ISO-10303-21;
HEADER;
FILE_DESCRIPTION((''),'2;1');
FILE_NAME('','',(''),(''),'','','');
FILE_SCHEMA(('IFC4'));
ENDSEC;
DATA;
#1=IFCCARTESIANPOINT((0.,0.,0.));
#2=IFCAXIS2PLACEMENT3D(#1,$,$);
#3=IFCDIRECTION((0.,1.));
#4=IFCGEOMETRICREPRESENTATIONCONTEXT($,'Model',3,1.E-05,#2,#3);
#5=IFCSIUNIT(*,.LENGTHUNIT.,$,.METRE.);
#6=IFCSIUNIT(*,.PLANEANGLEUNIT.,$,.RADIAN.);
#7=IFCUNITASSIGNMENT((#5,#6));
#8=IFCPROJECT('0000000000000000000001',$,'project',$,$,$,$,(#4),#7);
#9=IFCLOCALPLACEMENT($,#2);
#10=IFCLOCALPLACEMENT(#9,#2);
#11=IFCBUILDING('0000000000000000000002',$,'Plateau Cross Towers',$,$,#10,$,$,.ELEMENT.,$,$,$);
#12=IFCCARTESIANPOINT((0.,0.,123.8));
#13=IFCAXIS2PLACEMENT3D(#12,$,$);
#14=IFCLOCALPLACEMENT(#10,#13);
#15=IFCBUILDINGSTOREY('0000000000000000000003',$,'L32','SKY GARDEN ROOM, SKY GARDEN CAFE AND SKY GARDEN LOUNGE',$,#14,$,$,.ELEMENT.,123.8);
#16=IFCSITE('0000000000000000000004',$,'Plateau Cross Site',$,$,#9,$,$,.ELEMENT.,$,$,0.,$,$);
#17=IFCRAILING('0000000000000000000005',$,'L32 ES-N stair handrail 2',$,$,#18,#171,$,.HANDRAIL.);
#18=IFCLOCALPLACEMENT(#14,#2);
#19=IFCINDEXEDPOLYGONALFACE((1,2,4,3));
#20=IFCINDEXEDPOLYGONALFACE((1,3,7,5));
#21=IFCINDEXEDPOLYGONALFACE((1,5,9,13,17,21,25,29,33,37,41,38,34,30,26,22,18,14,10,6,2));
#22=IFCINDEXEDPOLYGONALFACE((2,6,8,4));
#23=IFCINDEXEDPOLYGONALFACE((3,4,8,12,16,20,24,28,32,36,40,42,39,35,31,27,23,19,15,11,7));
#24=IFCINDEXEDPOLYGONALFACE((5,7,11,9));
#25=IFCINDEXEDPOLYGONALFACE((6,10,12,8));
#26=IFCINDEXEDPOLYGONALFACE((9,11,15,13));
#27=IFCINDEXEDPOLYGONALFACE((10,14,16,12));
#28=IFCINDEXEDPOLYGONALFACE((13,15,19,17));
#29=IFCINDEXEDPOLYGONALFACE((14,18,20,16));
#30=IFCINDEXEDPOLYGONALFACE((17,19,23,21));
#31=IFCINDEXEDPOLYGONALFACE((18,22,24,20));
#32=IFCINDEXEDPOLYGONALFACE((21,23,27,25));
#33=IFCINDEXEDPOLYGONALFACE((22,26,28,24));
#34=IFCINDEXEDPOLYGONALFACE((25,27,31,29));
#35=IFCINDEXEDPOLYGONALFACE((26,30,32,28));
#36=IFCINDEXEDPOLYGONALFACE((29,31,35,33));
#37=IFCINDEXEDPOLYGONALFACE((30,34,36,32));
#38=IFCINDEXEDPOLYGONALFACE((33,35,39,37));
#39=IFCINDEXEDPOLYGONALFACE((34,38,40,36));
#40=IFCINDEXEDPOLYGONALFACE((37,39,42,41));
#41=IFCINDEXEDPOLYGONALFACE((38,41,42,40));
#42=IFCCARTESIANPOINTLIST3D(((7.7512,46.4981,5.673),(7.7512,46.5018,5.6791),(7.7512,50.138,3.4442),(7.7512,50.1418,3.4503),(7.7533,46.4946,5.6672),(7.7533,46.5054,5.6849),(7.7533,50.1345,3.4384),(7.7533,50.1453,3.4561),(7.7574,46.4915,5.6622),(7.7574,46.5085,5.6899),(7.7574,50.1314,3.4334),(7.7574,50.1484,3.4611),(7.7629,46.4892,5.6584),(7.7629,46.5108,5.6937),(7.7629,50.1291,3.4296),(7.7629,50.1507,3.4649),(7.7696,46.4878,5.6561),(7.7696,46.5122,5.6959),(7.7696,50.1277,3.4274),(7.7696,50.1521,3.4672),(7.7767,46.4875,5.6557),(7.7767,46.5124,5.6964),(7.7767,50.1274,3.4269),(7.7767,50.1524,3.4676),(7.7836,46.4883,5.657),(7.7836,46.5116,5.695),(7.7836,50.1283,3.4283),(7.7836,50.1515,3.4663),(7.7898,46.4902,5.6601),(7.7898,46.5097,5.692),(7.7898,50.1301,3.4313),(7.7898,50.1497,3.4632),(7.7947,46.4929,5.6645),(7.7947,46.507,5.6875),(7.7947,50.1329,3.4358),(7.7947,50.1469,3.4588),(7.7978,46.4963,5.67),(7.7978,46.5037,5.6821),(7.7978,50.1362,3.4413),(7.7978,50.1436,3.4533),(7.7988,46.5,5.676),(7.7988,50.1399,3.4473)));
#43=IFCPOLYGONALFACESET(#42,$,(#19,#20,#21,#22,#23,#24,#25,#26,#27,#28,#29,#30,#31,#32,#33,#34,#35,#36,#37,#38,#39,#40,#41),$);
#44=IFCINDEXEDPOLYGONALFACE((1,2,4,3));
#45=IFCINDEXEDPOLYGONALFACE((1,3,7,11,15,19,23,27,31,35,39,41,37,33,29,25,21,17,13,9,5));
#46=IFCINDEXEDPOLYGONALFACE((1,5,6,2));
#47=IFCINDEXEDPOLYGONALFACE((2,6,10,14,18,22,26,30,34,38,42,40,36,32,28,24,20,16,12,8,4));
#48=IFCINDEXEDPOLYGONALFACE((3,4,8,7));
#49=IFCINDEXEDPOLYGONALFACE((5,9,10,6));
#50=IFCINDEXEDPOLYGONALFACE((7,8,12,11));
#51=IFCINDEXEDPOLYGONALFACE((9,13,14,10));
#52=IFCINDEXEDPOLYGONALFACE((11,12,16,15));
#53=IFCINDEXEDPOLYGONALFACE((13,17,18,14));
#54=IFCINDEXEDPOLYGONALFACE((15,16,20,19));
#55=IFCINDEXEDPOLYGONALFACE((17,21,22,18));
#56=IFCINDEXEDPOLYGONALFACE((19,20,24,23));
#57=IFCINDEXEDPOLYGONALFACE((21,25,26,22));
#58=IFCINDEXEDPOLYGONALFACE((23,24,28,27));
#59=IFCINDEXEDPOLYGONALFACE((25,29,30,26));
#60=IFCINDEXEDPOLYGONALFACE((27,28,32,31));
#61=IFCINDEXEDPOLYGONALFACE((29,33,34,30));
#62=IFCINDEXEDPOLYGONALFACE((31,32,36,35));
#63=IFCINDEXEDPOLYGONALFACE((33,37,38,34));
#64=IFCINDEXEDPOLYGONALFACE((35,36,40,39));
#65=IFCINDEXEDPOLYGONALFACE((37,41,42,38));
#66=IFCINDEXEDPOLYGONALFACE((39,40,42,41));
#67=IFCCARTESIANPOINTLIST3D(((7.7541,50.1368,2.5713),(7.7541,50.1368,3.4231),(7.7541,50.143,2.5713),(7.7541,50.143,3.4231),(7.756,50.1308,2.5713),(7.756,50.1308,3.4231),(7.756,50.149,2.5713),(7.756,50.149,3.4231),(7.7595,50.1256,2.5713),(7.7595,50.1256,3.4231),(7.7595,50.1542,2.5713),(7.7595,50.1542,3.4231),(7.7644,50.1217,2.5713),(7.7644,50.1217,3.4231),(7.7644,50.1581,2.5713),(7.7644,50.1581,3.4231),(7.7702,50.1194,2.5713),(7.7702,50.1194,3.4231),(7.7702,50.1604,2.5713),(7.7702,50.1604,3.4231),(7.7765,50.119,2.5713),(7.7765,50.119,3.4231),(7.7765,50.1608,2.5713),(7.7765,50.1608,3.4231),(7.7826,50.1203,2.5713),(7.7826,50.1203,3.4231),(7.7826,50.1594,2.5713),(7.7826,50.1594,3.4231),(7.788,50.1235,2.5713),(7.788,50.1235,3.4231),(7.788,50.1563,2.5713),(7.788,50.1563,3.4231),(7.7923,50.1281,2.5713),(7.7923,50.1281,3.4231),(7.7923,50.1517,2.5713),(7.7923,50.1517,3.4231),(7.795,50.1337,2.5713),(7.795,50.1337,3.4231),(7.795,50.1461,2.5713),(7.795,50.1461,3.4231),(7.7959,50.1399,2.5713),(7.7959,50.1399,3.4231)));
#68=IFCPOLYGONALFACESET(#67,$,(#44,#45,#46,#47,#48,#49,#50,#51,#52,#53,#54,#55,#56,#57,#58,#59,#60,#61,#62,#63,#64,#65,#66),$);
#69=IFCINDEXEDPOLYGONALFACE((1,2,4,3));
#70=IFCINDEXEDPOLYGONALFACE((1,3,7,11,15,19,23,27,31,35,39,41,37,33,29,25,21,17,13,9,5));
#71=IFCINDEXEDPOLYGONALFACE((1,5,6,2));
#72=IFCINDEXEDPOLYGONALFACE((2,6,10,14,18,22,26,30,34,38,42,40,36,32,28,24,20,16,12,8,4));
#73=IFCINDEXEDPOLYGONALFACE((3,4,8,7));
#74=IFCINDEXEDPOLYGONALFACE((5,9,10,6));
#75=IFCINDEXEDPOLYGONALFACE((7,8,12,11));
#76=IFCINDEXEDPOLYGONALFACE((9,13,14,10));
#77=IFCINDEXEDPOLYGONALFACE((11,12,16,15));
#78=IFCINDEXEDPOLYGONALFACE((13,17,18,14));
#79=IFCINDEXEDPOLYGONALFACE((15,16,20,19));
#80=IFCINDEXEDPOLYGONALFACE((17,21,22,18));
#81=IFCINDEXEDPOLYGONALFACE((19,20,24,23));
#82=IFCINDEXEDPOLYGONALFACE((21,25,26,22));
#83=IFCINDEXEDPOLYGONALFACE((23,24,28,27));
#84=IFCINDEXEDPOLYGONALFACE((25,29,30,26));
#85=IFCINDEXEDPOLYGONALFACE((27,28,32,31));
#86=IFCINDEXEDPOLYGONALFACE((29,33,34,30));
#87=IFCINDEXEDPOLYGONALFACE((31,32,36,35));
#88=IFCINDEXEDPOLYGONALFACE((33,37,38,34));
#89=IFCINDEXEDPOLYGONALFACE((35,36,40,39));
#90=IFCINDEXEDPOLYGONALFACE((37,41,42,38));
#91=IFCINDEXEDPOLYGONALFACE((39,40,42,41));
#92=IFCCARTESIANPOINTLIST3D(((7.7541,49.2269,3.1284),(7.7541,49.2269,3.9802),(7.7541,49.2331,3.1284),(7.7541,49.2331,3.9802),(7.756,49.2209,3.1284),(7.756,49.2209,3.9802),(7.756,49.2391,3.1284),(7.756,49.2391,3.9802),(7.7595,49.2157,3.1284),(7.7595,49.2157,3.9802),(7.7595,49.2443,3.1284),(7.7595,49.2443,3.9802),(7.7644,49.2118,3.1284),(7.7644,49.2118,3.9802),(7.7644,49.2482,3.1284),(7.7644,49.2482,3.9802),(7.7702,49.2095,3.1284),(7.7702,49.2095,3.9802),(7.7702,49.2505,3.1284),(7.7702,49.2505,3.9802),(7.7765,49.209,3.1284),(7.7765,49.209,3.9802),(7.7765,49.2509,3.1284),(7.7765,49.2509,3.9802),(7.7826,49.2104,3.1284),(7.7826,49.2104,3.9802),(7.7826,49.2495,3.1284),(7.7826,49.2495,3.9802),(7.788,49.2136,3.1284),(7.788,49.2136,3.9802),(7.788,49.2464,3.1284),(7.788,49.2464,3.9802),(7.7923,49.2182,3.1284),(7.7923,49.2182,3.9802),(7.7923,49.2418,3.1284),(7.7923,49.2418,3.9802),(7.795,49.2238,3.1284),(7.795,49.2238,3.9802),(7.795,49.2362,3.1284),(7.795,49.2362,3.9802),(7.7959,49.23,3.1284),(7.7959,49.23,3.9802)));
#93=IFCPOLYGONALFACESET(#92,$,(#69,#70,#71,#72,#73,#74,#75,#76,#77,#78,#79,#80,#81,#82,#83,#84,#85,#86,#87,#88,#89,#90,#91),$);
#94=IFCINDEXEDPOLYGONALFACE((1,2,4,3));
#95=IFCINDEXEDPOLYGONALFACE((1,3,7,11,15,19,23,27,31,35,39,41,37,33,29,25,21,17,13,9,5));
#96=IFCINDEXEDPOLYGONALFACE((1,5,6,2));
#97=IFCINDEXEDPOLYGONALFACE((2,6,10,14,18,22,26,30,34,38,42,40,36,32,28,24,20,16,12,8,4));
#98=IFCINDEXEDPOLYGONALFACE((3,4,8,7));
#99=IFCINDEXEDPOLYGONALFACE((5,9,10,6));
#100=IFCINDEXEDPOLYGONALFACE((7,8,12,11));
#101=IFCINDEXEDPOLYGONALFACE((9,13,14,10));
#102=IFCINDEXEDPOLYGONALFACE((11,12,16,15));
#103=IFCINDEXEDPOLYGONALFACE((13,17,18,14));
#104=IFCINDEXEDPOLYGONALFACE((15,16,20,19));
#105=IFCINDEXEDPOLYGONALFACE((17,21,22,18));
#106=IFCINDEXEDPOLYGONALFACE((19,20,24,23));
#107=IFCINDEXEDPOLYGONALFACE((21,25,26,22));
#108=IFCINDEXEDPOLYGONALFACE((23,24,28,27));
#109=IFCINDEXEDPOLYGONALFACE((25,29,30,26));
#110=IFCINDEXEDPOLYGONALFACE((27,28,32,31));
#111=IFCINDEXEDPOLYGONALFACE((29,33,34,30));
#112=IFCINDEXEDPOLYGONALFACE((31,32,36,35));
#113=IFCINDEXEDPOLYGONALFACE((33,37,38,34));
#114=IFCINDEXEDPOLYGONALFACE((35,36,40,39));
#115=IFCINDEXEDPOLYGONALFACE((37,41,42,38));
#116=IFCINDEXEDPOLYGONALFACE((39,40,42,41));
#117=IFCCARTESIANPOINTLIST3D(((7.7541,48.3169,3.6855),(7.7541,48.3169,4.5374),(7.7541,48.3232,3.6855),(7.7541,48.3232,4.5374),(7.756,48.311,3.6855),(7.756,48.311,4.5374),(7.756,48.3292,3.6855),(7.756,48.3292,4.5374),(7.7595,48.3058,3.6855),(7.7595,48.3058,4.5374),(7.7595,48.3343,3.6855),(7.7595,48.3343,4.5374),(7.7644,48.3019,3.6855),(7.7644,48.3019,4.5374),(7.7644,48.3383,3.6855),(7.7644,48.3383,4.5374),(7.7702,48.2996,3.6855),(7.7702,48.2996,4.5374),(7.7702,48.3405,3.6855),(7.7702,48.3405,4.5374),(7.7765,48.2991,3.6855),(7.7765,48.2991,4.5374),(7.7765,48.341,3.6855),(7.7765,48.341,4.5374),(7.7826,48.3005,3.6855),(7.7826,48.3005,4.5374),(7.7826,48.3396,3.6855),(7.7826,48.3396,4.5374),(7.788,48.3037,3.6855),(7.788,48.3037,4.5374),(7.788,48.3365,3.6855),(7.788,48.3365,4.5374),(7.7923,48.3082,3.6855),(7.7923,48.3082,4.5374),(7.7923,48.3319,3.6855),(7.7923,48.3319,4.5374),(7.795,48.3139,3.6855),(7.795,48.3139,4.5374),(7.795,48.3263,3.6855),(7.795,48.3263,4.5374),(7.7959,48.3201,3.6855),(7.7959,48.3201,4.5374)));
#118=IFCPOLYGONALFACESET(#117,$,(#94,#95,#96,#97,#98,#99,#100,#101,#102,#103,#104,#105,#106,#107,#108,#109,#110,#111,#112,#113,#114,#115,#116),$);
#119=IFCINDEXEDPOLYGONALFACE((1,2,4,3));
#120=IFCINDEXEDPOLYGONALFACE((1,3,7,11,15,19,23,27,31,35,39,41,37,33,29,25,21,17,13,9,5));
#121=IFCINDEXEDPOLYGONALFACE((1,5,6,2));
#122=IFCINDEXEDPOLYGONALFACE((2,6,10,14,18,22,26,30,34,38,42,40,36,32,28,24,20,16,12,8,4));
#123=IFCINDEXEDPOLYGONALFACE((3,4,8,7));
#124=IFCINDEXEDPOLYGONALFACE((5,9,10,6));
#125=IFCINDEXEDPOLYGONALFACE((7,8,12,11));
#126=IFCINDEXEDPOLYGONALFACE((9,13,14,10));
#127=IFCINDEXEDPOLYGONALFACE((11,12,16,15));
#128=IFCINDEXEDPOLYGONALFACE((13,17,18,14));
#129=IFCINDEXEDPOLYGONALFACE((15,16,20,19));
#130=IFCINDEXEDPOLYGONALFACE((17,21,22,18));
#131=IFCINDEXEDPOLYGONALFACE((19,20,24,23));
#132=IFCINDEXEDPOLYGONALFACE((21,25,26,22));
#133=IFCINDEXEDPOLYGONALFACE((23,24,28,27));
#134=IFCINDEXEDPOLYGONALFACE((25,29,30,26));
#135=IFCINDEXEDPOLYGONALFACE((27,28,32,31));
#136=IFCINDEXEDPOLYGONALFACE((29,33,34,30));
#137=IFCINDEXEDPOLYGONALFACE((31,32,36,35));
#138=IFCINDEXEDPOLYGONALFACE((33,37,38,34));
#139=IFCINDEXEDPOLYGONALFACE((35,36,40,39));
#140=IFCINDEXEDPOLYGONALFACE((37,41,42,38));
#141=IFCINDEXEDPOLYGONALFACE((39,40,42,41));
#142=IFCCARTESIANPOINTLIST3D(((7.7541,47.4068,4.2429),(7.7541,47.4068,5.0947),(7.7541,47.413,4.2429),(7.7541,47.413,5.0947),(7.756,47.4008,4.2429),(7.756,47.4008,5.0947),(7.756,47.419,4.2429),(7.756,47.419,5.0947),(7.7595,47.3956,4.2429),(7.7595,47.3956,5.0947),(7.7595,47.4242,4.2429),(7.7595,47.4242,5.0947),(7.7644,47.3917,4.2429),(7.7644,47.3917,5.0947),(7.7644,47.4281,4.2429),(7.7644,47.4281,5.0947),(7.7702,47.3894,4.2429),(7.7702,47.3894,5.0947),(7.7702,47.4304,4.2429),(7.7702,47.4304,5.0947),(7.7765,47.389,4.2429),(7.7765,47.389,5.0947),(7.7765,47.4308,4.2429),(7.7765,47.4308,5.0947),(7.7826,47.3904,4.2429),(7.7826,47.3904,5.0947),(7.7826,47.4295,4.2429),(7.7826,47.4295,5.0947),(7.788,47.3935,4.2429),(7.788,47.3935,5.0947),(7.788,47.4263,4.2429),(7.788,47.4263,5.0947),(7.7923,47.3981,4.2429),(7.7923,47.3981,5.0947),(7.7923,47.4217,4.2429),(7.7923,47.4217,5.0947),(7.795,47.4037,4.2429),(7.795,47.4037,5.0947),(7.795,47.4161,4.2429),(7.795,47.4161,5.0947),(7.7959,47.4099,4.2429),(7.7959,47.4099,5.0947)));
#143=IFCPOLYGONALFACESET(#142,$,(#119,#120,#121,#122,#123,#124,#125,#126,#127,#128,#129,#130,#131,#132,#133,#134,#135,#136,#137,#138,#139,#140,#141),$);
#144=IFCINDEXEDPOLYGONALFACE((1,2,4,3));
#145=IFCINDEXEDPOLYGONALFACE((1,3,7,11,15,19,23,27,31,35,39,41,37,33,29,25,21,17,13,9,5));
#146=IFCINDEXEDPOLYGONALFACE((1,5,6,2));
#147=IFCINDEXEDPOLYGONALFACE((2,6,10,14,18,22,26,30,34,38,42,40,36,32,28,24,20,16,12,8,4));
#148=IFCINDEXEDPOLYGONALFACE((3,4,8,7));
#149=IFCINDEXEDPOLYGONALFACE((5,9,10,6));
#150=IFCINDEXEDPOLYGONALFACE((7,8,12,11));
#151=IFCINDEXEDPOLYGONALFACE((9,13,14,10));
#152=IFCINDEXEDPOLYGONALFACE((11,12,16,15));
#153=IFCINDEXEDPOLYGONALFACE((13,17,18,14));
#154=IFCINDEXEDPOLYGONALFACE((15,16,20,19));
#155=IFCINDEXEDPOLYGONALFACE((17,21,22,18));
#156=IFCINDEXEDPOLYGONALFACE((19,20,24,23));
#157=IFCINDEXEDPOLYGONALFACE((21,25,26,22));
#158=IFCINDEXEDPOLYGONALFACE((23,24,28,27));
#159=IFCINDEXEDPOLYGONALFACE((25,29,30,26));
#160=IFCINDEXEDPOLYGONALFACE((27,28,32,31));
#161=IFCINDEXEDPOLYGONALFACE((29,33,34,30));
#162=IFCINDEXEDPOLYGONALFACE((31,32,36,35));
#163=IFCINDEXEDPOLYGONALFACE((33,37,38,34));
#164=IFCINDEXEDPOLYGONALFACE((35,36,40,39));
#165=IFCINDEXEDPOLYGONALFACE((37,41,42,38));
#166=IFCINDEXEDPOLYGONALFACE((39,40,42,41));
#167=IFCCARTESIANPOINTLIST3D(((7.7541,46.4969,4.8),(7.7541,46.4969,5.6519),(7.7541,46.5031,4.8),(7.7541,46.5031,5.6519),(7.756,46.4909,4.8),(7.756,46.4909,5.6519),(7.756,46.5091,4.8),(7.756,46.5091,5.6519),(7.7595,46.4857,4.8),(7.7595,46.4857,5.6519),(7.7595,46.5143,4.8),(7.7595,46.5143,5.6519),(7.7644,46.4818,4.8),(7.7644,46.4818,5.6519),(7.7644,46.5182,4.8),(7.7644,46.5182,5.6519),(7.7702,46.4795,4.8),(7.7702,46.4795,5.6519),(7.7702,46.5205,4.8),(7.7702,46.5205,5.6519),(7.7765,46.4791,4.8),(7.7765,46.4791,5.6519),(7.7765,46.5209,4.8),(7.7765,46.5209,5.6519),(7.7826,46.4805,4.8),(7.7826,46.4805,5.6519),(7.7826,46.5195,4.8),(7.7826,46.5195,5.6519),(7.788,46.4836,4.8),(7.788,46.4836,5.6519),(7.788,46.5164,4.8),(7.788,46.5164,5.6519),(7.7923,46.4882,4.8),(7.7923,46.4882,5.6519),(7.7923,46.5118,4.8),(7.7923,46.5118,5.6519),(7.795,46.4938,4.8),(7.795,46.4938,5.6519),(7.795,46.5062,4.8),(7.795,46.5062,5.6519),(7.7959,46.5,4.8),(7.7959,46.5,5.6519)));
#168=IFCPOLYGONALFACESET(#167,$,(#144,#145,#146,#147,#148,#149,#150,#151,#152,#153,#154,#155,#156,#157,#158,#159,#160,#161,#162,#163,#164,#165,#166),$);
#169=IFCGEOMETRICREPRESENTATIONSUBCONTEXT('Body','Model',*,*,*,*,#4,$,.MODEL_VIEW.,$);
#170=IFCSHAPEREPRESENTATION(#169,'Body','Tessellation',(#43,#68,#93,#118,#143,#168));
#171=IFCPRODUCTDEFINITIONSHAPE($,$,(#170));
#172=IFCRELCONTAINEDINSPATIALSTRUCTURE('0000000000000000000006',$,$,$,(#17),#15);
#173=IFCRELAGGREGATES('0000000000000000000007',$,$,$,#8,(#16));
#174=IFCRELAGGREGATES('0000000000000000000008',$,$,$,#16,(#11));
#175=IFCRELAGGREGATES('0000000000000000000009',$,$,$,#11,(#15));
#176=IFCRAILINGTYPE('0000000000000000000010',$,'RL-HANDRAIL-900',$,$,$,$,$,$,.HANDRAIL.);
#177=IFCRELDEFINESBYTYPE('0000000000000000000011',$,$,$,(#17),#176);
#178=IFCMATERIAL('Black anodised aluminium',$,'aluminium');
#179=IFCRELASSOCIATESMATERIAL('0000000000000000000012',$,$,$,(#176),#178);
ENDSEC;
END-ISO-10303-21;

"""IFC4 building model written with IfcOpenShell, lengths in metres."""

from ifc_helpers import new_model, si_unit, direction, frame, origin, origin_2d, place, context, subcontext, project, spatial, circle, extrude, material, type_object, element, save


model = new_model("IFC4")

# Units and contexts
model_context = context("Model", 3, precision=1e-05, world=origin(), true_north=direction((0.0, 1.0)))
body_context = subcontext(model_context, "Body", "Model", "MODEL_VIEW")
ifc_project = project(units=[si_unit("LENGTHUNIT", "METRE"), si_unit("PLANEANGLEUNIT", "RADIAN")], contexts=[model_context])

# Site, building, storey
site_placement = place(None, origin())
site = spatial("IfcSite", under=ifc_project, at=site_placement, Name="Plateau Cross Site", CompositionType="ELEMENT", RefElevation=0.0)
building_placement = place(site_placement, origin())
building = spatial("IfcBuilding", under=site, at=building_placement, Name="Plateau Cross Towers", CompositionType="ELEMENT")
storey_placement = place(building_placement, frame((0.0, 0.0, 123.8)))
storey = spatial("IfcBuildingStorey", under=building, at=storey_placement, Name="L32", Description="SKY GARDEN ROOM, SKY GARDEN CAFE AND SKY GARDEN LOUNGE", CompositionType="ELEMENT", Elevation=123.8)

# Shared definitions
ifc_material_1 = material(Name="Black anodised aluminium", Category="aluminium")

# Railing
railing_type_1 = type_object("IfcRailingType", Name="RL-HANDRAIL-900", PredefinedType="HANDRAIL", material=ifc_material_1)
railing_1_placement = place(storey_placement, frame((7.7749, 50.1399, 2.5713)))
element("IfcRailing", 1, at=railing_1_placement, inside=storey, type_object=railing_type_1, Name="L32 ES-N stair handrail 2", PredefinedType="HANDRAIL", context=body_context, shape_type="SweptSolid", body=[
    extrude(circle(Radius=0.0239, at=origin_2d()), frame((0.0, 0.0, 0.876), z_axis=(0.0, -0.852825, 0.522197), x_axis=(1.0, 0.0, 0.0)), (0.0, 0.0, 1.0), 4.2681),
    extrude(circle(Radius=0.021, at=origin_2d()), origin(), (0.0, 0.0, 1.0), 0.8518),
    extrude(circle(Radius=0.021, at=origin_2d()), frame((0.0, -0.9099, 0.5571)), (0.0, 0.0, 1.0), 0.8518),
    extrude(circle(Radius=0.021, at=origin_2d()), frame((0.0, -1.8198, 1.1143)), (0.0, 0.0, 1.0), 0.8518),
    extrude(circle(Radius=0.021, at=origin_2d()), frame((0.0, -2.73, 1.6716)), (0.0, 0.0, 1.0), 0.8518),
    extrude(circle(Radius=0.021, at=origin_2d()), frame((0.0, -3.6399, 2.2288)), (0.0, 0.0, 1.0), 0.8518),
])

save(model, "model.ifc")
